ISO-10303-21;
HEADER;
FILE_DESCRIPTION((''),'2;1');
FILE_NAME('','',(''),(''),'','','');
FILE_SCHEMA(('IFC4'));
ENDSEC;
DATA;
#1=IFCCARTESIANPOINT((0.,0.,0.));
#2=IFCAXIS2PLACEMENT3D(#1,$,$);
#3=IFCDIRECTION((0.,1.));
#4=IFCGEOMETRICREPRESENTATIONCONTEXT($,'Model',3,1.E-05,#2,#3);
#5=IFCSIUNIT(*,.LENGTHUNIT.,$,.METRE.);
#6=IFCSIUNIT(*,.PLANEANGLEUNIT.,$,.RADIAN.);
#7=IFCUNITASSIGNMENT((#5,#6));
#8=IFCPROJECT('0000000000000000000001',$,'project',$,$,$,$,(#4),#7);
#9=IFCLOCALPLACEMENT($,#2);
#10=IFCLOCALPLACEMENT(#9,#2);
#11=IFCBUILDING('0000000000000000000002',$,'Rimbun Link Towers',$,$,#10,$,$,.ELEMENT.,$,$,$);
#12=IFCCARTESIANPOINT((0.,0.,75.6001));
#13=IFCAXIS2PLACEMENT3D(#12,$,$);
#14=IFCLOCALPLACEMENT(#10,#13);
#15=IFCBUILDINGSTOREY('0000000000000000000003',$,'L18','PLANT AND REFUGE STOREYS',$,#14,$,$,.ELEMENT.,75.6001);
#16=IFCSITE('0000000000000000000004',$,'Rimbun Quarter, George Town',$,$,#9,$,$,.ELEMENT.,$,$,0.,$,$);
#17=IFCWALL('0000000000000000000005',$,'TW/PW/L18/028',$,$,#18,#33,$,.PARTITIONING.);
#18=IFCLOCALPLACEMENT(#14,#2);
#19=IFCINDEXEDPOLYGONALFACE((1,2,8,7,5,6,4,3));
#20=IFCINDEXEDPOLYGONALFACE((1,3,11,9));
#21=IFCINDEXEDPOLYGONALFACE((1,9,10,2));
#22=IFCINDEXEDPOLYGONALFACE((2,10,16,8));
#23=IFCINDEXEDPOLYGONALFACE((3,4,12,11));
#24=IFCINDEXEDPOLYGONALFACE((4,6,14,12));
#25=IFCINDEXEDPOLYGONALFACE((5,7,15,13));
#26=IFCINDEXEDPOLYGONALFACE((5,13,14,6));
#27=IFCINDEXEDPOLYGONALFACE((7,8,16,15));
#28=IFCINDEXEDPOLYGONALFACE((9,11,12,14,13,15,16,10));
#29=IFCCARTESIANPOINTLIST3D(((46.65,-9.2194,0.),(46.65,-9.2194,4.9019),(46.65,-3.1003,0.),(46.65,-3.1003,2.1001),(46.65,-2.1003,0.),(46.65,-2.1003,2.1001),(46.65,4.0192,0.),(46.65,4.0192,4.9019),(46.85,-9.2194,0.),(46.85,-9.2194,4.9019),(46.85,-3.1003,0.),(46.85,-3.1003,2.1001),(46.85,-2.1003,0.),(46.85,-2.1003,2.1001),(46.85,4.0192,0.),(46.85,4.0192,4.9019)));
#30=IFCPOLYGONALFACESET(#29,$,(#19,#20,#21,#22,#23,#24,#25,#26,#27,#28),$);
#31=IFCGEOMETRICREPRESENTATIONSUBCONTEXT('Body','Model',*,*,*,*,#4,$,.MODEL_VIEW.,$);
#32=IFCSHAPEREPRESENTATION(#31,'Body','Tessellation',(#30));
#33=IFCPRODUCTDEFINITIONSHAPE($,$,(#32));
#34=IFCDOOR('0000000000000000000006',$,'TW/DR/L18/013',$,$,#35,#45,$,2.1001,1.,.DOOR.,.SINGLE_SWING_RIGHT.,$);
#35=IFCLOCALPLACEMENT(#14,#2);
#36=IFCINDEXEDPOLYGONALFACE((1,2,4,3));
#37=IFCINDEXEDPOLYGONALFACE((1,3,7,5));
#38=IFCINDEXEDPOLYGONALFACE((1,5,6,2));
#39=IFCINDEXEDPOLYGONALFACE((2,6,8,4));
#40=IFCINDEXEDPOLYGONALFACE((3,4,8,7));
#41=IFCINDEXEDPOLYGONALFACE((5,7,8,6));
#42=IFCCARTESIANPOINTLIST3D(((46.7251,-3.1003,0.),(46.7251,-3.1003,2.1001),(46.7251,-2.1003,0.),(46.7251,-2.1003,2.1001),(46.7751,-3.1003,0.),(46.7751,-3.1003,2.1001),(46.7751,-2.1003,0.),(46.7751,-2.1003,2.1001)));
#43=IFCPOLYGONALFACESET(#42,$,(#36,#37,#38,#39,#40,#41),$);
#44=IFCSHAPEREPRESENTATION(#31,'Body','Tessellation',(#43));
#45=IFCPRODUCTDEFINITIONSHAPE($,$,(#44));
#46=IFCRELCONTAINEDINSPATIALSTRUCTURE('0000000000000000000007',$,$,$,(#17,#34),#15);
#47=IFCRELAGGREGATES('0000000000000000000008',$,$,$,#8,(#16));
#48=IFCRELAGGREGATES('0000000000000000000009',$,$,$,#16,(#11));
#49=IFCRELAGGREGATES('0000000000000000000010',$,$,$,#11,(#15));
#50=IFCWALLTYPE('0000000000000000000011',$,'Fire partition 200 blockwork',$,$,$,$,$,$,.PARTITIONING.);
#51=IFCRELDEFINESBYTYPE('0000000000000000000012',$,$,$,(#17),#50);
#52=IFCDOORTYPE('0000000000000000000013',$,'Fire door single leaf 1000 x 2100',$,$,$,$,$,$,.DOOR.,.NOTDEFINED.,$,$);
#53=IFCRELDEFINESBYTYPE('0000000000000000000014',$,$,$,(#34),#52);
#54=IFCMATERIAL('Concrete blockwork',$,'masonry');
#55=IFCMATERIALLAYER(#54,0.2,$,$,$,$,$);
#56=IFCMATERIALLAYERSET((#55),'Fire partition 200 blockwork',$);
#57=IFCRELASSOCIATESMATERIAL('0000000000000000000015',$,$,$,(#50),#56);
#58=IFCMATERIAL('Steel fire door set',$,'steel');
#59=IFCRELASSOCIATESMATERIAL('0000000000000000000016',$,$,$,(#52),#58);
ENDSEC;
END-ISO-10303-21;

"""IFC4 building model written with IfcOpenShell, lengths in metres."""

from ifc_helpers import new_model, si_unit, direction, frame, frame_2d, origin, place, context, subcontext, project, spatial, rectangle, extrude, material, layer, layer_set, type_object, element, fill, save


model = new_model("IFC4")

# Units and contexts
model_context = context("Model", 3, precision=1e-05, world=origin(), true_north=direction((0.0, 1.0)))
body_context = subcontext(model_context, "Body", "Model", "MODEL_VIEW")
ifc_project = project(units=[si_unit("LENGTHUNIT", "METRE"), si_unit("PLANEANGLEUNIT", "RADIAN")], contexts=[model_context])

# Site, building, storey
site_placement = place(None, origin())
site = spatial("IfcSite", under=ifc_project, at=site_placement, Name="Rimbun Quarter, George Town", CompositionType="ELEMENT", RefElevation=0.0)
building_placement = place(site_placement, origin())
building = spatial("IfcBuilding", under=site, at=building_placement, Name="Rimbun Link Towers", CompositionType="ELEMENT")
storey_placement = place(building_placement, frame((0.0, 0.0, 75.6001)))
storey = spatial("IfcBuildingStorey", under=building, at=storey_placement, Name="L18", Description="PLANT AND REFUGE STOREYS", CompositionType="ELEMENT", Elevation=75.6001)

# Wall, opening, door
ifc_material_1 = material(Name="Concrete blockwork", Category="masonry")
ifc_layer_1 = layer(ifc_material_1, 0.2)
ifc_layer_set_1 = layer_set([ifc_layer_1], Name="Fire partition 200 blockwork")
wall_type_1 = type_object("IfcWallType", Name="Fire partition 200 blockwork", PredefinedType="PARTITIONING", material=ifc_layer_set_1)
wall_1_placement = place(storey_placement, frame((46.75, -9.2192, 0.0), z_axis=(0.0, 0.0, 1.0), x_axis=(0.0, 1.0, 0.0)))
wall_1 = element("IfcWall", 1, at=wall_1_placement, inside=storey, type_object=wall_type_1, Name="TW/PW/L18/028", PredefinedType="PARTITIONING", context=body_context, shape_type="SweptSolid", body=[
    extrude(rectangle(XDim=13.2385, YDim=0.2, at=frame_2d((6.6191, 0.0))), origin(), (0.0, 0.0, 1.0), 4.9019),
])
opening_1_placement = place(wall_1_placement, frame((6.1189, 0.0, 0.0)))
opening_1 = element("IfcOpeningElement", 2, at=opening_1_placement, cuts=wall_1, PredefinedType="OPENING", context=body_context, shape_type="SweptSolid", body=[
    extrude(rectangle(XDim=1.0, YDim=2.1001, at=frame_2d((0.5, 1.05))), frame((0.0, 0.1099, 0.0), z_axis=(0.0, -1.0, 0.0), x_axis=(1.0, 0.0, 0.0)), (0.0, 0.0, 1.0), 0.22),
])
ifc_material_2 = material(Name="Steel fire door set", Category="steel")
door_type = type_object("IfcDoorType", Name="Fire door single leaf 1000 x 2100", OperationType="NOTDEFINED", PredefinedType="DOOR", material=ifc_material_2)
door_placement = place(opening_1_placement, origin())
door = element("IfcDoor", 3, at=door_placement, inside=storey, type_object=door_type, Name="TW/DR/L18/013", OperationType="SINGLE_SWING_RIGHT", OverallHeight=2.1001, OverallWidth=1.0, PredefinedType="DOOR", context=body_context, shape_type="SweptSolid", body=[
    extrude(rectangle(XDim=1.0, YDim=2.1001, at=frame_2d((0.5, 1.05))), frame((0.0, 0.0249, 0.0), z_axis=(0.0, -1.0, 0.0), x_axis=(1.0, 0.0, 0.0)), (0.0, 0.0, 1.0), 0.05),
])
fill(opening_1, door)

save(model, "model.ifc")
